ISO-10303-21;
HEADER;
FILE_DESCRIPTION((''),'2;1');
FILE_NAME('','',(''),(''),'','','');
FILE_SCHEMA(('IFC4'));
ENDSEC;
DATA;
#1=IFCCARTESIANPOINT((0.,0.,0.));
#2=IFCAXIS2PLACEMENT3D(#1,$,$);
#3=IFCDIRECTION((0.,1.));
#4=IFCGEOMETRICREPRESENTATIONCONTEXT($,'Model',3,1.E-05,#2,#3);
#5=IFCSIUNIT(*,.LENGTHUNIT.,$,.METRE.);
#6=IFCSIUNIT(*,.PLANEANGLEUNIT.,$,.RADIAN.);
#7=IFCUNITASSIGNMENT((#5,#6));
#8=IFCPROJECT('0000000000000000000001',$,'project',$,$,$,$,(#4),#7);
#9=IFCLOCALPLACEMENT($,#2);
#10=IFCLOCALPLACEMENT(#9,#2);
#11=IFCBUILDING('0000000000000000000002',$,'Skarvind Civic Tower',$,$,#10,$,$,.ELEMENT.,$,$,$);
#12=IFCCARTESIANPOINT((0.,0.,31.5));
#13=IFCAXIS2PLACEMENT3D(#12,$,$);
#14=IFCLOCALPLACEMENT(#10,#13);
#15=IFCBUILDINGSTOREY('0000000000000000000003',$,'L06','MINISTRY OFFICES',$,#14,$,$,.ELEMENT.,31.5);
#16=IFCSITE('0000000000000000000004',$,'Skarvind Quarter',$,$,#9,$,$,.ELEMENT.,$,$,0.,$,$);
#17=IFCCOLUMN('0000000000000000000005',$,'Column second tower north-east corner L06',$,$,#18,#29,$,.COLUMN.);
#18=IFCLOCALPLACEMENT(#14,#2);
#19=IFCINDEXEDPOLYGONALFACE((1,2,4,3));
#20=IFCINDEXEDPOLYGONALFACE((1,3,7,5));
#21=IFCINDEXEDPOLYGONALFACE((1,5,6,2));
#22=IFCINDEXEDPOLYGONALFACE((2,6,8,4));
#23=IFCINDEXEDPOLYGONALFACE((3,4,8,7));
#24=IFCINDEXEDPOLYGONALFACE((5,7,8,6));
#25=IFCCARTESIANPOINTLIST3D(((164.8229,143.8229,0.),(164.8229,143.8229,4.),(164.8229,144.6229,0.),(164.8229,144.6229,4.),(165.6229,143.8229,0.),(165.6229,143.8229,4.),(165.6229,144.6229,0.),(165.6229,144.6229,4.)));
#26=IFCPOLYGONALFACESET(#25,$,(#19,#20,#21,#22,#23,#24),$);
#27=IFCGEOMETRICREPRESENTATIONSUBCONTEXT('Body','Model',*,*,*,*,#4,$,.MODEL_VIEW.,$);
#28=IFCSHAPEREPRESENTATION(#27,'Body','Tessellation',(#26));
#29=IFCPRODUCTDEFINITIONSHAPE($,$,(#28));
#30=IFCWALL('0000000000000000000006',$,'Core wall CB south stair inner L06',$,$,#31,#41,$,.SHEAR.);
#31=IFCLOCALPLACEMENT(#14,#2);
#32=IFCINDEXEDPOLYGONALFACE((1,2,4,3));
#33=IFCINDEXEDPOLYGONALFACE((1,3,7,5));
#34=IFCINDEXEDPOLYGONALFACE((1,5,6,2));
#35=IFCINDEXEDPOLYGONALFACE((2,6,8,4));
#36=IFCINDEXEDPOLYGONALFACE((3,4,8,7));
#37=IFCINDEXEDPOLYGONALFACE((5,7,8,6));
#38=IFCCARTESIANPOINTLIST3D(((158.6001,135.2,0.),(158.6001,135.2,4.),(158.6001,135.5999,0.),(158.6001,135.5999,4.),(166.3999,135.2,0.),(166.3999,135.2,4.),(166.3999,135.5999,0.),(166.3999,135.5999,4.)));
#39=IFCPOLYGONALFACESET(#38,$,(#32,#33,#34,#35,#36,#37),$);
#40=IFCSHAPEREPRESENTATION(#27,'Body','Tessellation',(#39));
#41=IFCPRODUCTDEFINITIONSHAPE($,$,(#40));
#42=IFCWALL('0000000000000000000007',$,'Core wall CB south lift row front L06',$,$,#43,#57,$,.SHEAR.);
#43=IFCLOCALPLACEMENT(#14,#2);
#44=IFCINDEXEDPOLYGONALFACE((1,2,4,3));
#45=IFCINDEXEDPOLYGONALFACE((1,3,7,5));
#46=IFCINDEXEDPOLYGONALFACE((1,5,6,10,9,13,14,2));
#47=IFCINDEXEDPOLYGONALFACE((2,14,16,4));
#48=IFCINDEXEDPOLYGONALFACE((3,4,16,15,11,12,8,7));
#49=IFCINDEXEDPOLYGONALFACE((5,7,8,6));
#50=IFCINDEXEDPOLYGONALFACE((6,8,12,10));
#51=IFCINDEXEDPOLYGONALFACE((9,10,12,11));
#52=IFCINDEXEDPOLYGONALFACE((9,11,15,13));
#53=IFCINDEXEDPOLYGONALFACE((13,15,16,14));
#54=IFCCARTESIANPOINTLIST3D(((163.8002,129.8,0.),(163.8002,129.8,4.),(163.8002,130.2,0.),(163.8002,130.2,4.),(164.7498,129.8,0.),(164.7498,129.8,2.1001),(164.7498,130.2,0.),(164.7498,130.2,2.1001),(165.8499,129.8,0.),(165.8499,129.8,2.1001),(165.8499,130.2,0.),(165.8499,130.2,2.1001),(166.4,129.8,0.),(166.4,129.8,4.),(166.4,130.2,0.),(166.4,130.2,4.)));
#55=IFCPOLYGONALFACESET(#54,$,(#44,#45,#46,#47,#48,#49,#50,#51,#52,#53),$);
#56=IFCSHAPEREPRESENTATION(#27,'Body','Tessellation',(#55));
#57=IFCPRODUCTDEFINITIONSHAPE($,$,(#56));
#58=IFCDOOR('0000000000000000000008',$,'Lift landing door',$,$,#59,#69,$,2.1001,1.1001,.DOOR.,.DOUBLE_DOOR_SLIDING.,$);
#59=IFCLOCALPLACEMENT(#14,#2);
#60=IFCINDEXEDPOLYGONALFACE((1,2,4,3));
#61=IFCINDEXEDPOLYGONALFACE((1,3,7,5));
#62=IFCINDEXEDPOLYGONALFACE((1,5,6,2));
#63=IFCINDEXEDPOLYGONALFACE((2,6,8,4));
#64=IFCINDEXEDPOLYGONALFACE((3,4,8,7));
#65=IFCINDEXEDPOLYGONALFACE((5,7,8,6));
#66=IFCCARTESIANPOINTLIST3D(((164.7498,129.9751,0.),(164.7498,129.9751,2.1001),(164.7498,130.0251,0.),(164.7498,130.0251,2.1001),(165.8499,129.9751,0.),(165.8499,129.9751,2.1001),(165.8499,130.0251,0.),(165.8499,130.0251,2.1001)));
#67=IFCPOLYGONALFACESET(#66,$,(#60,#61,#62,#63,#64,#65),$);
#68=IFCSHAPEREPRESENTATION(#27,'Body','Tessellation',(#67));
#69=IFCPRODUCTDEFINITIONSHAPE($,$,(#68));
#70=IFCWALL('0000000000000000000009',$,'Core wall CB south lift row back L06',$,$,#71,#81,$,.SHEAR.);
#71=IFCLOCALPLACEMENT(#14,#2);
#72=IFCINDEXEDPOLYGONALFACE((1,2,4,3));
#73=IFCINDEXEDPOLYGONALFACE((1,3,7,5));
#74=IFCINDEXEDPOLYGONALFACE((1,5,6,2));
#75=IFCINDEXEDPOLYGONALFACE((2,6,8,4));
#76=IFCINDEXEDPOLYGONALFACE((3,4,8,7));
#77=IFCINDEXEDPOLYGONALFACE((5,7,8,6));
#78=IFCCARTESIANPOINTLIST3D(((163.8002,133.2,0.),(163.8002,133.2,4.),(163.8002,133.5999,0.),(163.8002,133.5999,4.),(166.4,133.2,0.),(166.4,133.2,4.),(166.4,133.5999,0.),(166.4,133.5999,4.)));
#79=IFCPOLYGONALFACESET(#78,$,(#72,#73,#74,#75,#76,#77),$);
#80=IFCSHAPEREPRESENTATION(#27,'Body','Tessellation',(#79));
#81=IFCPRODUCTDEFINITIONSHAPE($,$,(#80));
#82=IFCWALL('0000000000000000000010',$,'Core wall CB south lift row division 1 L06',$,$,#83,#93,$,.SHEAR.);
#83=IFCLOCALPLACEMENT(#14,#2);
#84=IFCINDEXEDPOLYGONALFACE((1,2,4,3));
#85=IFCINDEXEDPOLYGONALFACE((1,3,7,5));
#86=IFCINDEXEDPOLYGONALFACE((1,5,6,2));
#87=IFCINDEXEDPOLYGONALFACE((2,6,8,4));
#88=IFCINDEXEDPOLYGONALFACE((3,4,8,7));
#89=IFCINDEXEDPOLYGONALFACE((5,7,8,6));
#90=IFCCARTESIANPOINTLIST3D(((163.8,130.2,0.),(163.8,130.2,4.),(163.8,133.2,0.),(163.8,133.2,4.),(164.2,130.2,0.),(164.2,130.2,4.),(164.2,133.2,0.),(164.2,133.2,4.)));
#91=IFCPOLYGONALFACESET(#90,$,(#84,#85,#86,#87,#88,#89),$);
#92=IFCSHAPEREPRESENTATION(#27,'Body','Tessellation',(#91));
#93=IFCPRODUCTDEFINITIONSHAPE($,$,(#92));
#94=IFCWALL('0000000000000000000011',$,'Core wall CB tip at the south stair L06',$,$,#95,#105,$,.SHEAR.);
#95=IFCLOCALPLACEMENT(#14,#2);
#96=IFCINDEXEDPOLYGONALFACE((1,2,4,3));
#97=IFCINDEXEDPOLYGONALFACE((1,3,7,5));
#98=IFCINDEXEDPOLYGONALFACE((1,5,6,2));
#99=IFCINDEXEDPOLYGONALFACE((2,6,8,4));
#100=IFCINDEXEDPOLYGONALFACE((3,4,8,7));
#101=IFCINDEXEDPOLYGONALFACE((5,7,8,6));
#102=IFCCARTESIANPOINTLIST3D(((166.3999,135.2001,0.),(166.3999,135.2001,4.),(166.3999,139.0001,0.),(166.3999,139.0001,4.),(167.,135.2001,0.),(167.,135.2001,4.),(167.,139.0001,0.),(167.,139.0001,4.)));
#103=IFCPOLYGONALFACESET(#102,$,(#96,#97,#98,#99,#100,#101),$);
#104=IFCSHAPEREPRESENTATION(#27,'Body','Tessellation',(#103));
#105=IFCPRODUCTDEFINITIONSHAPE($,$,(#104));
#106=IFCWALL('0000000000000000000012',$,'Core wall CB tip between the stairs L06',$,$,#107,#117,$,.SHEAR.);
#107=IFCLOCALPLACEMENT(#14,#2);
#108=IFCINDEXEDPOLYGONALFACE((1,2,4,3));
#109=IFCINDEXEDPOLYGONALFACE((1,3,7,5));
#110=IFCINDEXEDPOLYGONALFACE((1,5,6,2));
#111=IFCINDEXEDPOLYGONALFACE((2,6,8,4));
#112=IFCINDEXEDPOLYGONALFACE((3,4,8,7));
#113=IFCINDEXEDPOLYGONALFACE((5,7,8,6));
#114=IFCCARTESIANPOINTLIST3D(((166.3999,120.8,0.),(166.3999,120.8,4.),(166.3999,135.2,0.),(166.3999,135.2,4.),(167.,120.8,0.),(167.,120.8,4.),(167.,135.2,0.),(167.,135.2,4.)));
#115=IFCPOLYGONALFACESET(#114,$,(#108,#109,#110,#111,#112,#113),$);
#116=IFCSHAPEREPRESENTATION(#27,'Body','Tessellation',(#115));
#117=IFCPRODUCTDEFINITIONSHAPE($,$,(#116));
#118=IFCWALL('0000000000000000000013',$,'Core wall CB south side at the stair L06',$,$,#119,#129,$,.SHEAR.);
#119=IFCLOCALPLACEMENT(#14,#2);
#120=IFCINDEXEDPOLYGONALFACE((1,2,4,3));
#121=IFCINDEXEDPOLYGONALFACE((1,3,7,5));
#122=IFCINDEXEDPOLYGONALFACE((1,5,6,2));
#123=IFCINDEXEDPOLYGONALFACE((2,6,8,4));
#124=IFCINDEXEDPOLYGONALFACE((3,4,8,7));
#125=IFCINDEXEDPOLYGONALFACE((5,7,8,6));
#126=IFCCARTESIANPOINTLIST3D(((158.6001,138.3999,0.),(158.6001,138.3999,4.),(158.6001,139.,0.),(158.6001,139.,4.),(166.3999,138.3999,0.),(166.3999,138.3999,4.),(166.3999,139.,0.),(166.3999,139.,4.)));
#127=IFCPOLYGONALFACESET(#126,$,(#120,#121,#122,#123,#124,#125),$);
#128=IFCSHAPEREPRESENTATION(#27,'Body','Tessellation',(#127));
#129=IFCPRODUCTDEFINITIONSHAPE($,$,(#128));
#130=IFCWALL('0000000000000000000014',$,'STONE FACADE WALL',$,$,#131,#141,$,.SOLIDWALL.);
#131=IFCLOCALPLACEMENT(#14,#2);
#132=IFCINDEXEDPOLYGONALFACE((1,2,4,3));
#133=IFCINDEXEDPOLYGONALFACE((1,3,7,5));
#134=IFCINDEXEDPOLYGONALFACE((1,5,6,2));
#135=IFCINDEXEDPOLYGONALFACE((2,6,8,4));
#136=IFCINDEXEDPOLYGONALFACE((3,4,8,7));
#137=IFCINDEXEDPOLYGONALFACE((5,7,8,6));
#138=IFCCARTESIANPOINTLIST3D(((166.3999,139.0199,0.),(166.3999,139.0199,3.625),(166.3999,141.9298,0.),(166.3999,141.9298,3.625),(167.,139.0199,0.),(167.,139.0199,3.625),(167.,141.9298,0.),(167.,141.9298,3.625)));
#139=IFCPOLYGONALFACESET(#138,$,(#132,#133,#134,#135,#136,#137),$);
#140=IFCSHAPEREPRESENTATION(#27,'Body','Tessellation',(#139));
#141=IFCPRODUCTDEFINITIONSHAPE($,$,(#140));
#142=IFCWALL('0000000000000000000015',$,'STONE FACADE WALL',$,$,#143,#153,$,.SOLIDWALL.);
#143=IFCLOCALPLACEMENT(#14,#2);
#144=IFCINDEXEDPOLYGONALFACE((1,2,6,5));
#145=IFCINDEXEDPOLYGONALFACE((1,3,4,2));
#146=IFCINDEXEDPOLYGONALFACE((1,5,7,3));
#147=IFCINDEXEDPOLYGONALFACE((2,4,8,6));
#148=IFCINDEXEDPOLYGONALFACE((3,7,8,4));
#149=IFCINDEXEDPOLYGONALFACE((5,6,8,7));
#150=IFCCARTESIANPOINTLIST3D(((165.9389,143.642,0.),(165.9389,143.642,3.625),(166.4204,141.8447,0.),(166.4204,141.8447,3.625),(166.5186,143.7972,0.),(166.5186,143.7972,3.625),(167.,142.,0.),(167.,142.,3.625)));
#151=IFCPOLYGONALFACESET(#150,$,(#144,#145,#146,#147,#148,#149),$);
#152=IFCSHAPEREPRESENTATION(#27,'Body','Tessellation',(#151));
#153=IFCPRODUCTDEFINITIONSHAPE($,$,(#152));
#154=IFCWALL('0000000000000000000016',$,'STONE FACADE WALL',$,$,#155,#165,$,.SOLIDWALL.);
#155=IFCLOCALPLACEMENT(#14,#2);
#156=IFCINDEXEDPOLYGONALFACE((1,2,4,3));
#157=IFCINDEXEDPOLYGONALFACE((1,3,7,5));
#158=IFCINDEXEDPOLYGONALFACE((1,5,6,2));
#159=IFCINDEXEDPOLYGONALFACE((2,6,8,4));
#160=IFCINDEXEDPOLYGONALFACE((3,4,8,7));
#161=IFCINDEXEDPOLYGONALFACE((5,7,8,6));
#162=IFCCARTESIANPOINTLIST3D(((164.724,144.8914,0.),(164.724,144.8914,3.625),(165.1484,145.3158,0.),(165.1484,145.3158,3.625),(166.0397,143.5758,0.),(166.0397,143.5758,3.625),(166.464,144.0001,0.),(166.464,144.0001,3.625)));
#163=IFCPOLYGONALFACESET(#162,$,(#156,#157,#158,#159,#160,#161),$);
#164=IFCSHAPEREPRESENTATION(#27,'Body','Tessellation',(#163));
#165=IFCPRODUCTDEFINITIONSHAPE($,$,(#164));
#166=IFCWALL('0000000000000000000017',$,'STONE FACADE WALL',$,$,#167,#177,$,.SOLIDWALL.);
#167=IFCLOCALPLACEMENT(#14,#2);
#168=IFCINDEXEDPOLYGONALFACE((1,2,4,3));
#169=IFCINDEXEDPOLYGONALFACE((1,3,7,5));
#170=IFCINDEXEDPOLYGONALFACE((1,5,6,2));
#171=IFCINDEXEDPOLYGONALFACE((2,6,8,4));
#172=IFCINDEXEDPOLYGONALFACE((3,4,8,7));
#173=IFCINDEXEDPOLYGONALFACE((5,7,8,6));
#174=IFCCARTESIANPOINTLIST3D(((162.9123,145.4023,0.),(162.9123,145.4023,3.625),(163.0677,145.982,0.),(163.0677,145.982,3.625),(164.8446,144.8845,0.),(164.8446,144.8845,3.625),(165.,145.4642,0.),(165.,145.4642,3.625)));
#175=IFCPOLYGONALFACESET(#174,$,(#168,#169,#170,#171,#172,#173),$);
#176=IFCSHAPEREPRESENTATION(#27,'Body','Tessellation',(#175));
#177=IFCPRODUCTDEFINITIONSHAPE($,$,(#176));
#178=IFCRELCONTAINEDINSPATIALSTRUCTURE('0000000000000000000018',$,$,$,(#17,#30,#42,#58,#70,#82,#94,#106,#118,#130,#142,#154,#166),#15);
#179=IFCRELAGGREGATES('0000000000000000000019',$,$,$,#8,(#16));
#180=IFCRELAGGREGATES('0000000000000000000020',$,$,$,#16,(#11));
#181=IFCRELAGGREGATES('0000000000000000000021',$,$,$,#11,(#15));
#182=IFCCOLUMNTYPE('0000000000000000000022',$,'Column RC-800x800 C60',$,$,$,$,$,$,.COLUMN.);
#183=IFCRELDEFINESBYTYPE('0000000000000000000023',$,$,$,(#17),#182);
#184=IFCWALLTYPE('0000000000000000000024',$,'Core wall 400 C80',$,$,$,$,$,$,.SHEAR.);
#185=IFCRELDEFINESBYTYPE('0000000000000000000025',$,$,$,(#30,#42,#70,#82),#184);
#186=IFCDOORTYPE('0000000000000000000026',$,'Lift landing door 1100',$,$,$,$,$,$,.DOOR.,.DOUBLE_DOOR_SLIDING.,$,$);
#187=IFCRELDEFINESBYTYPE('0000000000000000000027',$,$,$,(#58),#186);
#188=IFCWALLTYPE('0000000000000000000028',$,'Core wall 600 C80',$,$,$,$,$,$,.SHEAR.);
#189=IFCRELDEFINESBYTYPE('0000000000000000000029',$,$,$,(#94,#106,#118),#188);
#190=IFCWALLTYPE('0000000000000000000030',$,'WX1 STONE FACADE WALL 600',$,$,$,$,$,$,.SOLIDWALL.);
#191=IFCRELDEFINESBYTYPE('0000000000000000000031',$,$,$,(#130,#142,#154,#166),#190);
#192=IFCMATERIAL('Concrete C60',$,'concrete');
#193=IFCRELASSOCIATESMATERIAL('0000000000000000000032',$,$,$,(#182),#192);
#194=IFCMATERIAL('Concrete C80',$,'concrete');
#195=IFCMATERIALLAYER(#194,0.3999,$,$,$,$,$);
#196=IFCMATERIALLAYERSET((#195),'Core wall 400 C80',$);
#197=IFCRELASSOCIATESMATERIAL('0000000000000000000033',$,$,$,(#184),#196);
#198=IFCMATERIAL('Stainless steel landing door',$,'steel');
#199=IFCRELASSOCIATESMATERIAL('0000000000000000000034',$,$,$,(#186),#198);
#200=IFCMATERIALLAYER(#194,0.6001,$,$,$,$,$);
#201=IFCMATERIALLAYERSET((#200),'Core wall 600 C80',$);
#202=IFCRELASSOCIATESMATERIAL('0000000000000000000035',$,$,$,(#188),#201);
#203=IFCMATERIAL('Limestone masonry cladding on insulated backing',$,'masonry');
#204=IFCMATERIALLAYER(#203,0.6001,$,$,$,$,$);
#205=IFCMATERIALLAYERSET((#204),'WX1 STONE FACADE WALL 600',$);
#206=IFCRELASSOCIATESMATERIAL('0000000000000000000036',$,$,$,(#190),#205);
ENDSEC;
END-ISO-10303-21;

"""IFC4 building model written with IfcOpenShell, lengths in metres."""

from ifc_helpers import new_model, si_unit, direction, frame, frame_2d, origin, origin_2d, place, context, subcontext, project, spatial, rectangle, extrude, material, layer, layer_set, material_profile, profile_set, type_object, element, fill, save


model = new_model("IFC4")

# Units and contexts
model_context = context("Model", 3, precision=1e-05, world=origin(), true_north=direction((0.0, 1.0)))
body_context = subcontext(model_context, "Body", "Model", "MODEL_VIEW")
ifc_project = project(units=[si_unit("LENGTHUNIT", "METRE"), si_unit("PLANEANGLEUNIT", "RADIAN")], contexts=[model_context])

# Site, building, storey
site_placement = place(None, origin())
site = spatial("IfcSite", under=ifc_project, at=site_placement, Name="Skarvind Quarter", CompositionType="ELEMENT", RefElevation=0.0)
building_placement = place(site_placement, origin())
building = spatial("IfcBuilding", under=site, at=building_placement, Name="Skarvind Civic Tower", CompositionType="ELEMENT")
storey_placement = place(building_placement, frame((0.0, 0.0, 31.5)))
storey = spatial("IfcBuildingStorey", under=building, at=storey_placement, Name="L06", Description="MINISTRY OFFICES", CompositionType="ELEMENT", Elevation=31.5)

# Column
ifc_material_1 = material(Name="Concrete C60", Category="concrete")
ifc_material_profile = material_profile(ifc_material_1, rectangle(XDim=0.8, YDim=0.8, at=origin_2d()), Name="RC-800x800")
ifc_profile_set = profile_set([ifc_material_profile], Name="Concrete C60")
column_type = type_object("IfcColumnType", Name="Column RC-800x800 C60", PredefinedType="COLUMN", material=ifc_profile_set)
column_placement = place(storey_placement, frame((165.2229, 144.2229, 0.0), z_axis=(0.0, 0.0, 1.0), x_axis=(1.0, 0.0, 0.0)))
element("IfcColumn", 1, at=column_placement, inside=storey, type_object=column_type, Name="Column second tower north-east corner L06", PredefinedType="COLUMN", context=body_context, shape_type="SweptSolid", body=[
    extrude(rectangle(XDim=0.8, YDim=0.8, at=origin_2d()), origin(), (0.0, 0.0, 1.0), 4.0),
])

# Wall
ifc_material_2 = material(Name="Concrete C80", Category="concrete")
ifc_layer_1 = layer(ifc_material_2, 0.3999)
ifc_layer_set_1 = layer_set([ifc_layer_1], Name="Core wall 400 C80")
wall_type_1 = type_object("IfcWallType", Name="Core wall 400 C80", PredefinedType="SHEAR", material=ifc_layer_set_1)
wall_1_placement = place(storey_placement, frame((166.3999, 135.3999, 0.0), z_axis=(0.0, 0.0, 1.0), x_axis=(-1.0, 0.0, 0.0)))
element("IfcWall", 2, at=wall_1_placement, inside=storey, type_object=wall_type_1, Name="Core wall CB south stair inner L06", PredefinedType="SHEAR", context=body_context, shape_type="SweptSolid", body=[
    extrude(rectangle(XDim=7.7998, YDim=0.3999, at=frame_2d((3.8999, 0.0))), origin(), (0.0, 0.0, 1.0), 4.0),
])

# Wall, opening, door
wall_2_placement = place(storey_placement, frame((166.3999, 130.0, 0.0), z_axis=(0.0, 0.0, 1.0), x_axis=(-1.0, 0.0, 0.0)))
wall_2 = element("IfcWall", 3, at=wall_2_placement, inside=storey, type_object=wall_type_1, Name="Core wall CB south lift row front L06", PredefinedType="SHEAR", context=body_context, shape_type="SweptSolid", body=[
    extrude(rectangle(XDim=2.5999, YDim=0.3999, at=frame_2d((1.2998, 0.0))), origin(), (0.0, 0.0, 1.0), 4.0),
])
opening_placement = place(wall_2_placement, frame((0.55, 0.0, 0.0)))
opening = element("IfcOpeningElement", 4, at=opening_placement, cuts=wall_2, PredefinedType="OPENING", context=body_context, shape_type="SweptSolid", body=[
    extrude(rectangle(XDim=1.1001, YDim=2.1001, at=frame_2d((0.55, 1.05))), frame((0.0, 0.21, 0.0), z_axis=(0.0, -1.0, 0.0), x_axis=(1.0, 0.0, 0.0)), (0.0, 0.0, 1.0), 0.4199),
])
ifc_material_3 = material(Name="Stainless steel landing door", Category="steel")
door_type = type_object("IfcDoorType", Name="Lift landing door 1100", OperationType="DOUBLE_DOOR_SLIDING", PredefinedType="DOOR", material=ifc_material_3)
door_placement = place(opening_placement, origin())
door = element("IfcDoor", 5, at=door_placement, inside=storey, type_object=door_type, Name="Lift landing door", OperationType="DOUBLE_DOOR_SLIDING", OverallHeight=2.1001, OverallWidth=1.1001, PredefinedType="DOOR", context=body_context, shape_type="SweptSolid", body=[
    extrude(rectangle(XDim=1.1001, YDim=2.1001, at=frame_2d((0.55, 1.05))), frame((0.0, 0.0249, 0.0), z_axis=(0.0, -1.0, 0.0), x_axis=(1.0, 0.0, 0.0)), (0.0, 0.0, 1.0), 0.05),
])
fill(opening, door)

# Walls
wall_3_placement = place(storey_placement, frame((166.3999, 133.3999, 0.0), z_axis=(0.0, 0.0, 1.0), x_axis=(-1.0, 0.0, 0.0)))
element("IfcWall", 6, at=wall_3_placement, inside=storey, type_object=wall_type_1, Name="Core wall CB south lift row back L06", PredefinedType="SHEAR", context=body_context, shape_type="SweptSolid", body=[
    extrude(rectangle(XDim=2.5999, YDim=0.3999, at=frame_2d((1.2998, 0.0))), origin(), (0.0, 0.0, 1.0), 4.0),
])
wall_4_placement = place(storey_placement, frame((164.0, 133.2, 0.0), z_axis=(0.0, 0.0, 1.0), x_axis=(0.0, -1.0, 0.0)))
element("IfcWall", 7, at=wall_4_placement, inside=storey, type_object=wall_type_1, Name="Core wall CB south lift row division 1 L06", PredefinedType="SHEAR", context=body_context, shape_type="SweptSolid", body=[
    extrude(rectangle(XDim=3.0, YDim=0.3999, at=frame_2d((1.5, 0.0))), origin(), (0.0, 0.0, 1.0), 4.0),
])
ifc_layer_2 = layer(ifc_material_2, 0.6001)
ifc_layer_set_2 = layer_set([ifc_layer_2], Name="Core wall 600 C80")
wall_type_2 = type_object("IfcWallType", Name="Core wall 600 C80", PredefinedType="SHEAR", material=ifc_layer_set_2)
wall_5_placement = place(storey_placement, frame((166.7, 139.0, 0.0), z_axis=(0.0, 0.0, 1.0), x_axis=(0.0, -1.0, 0.0)))
element("IfcWall", 8, at=wall_5_placement, inside=storey, type_object=wall_type_2, Name="Core wall CB tip at the south stair L06", PredefinedType="SHEAR", context=body_context, shape_type="SweptSolid", body=[
    extrude(rectangle(XDim=3.8, YDim=0.6001, at=frame_2d((1.8999, 0.0))), origin(), (0.0, 0.0, 1.0), 4.0),
])
wall_6_placement = place(storey_placement, frame((166.7, 135.2, 0.0), z_axis=(0.0, 0.0, 1.0), x_axis=(0.0, -1.0, 0.0)))
element("IfcWall", 9, at=wall_6_placement, inside=storey, type_object=wall_type_2, Name="Core wall CB tip between the stairs L06", PredefinedType="SHEAR", context=body_context, shape_type="SweptSolid", body=[
    extrude(rectangle(XDim=14.3999, YDim=0.6001, at=frame_2d((7.2, 0.0))), origin(), (0.0, 0.0, 1.0), 4.0),
])
wall_7_placement = place(storey_placement, frame((166.3999, 138.7, 0.0), z_axis=(0.0, 0.0, 1.0), x_axis=(-1.0, 0.0, 0.0)))
element("IfcWall", 10, at=wall_7_placement, inside=storey, type_object=wall_type_2, Name="Core wall CB south side at the stair L06", PredefinedType="SHEAR", context=body_context, shape_type="SweptSolid", body=[
    extrude(rectangle(XDim=7.7998, YDim=0.6001, at=frame_2d((3.8999, 0.0))), origin(), (0.0, 0.0, 1.0), 4.0),
])
ifc_material_4 = material(Name="Limestone masonry cladding on insulated backing", Category="masonry")
ifc_layer_3 = layer(ifc_material_4, 0.6001)
ifc_layer_set_3 = layer_set([ifc_layer_3], Name="WX1 STONE FACADE WALL 600")
wall_type_3 = type_object("IfcWallType", Name="WX1 STONE FACADE WALL 600", PredefinedType="SOLIDWALL", material=ifc_layer_set_3)
wall_8_placement = place(storey_placement, frame((166.7, 141.9299, 0.0), z_axis=(0.0, 0.0, 1.0), x_axis=(0.0, -1.0, 0.0)))
element("IfcWall", 11, at=wall_8_placement, inside=storey, type_object=wall_type_3, Name="STONE FACADE WALL", PredefinedType="SOLIDWALL", context=body_context, shape_type="SweptSolid", body=[
    extrude(rectangle(XDim=2.9099, YDim=0.6001, at=frame_2d((1.4551, 0.0))), origin(), (0.0, 0.0, 1.0), 3.625),
])
for number, where, z_axis, x_axis, name in (
    (12, (166.2288, 143.7195, 0.0), (0.0, 0.0, 1.0), (0.258773, -0.965938, 0.0), "STONE FACADE WALL"),
    (13, (164.9363, 145.1035, 0.0), (0.0, 0.0, 1.0), (0.707107, -0.707107, 0.0), "STONE FACADE WALL"),
):
    element("IfcWall", number, at=place(storey_placement, frame(where, z_axis=z_axis, x_axis=x_axis)), inside=storey, type_object=wall_type_3, Name=name, PredefinedType="SOLIDWALL", context=body_context, shape_type="SweptSolid", body=[
        extrude(rectangle(XDim=1.8606, YDim=0.6001, at=frame_2d((0.9302, 0.0))), origin(), (0.0, 0.0, 1.0), 3.625),
    ])
wall_9_placement = place(storey_placement, frame((162.99, 145.6921, 0.0), z_axis=(0.0, 0.0, 1.0), x_axis=(0.96592, -0.25884, 0.0)))
element("IfcWall", 14, at=wall_9_placement, inside=storey, type_object=wall_type_3, Name="STONE FACADE WALL", PredefinedType="SOLIDWALL", context=body_context, shape_type="SweptSolid", body=[
    extrude(rectangle(XDim=2.0005, YDim=0.6001, at=frame_2d((1.0002, 0.0))), origin(), (0.0, 0.0, 1.0), 3.625),
])

save(model, "model.ifc")
